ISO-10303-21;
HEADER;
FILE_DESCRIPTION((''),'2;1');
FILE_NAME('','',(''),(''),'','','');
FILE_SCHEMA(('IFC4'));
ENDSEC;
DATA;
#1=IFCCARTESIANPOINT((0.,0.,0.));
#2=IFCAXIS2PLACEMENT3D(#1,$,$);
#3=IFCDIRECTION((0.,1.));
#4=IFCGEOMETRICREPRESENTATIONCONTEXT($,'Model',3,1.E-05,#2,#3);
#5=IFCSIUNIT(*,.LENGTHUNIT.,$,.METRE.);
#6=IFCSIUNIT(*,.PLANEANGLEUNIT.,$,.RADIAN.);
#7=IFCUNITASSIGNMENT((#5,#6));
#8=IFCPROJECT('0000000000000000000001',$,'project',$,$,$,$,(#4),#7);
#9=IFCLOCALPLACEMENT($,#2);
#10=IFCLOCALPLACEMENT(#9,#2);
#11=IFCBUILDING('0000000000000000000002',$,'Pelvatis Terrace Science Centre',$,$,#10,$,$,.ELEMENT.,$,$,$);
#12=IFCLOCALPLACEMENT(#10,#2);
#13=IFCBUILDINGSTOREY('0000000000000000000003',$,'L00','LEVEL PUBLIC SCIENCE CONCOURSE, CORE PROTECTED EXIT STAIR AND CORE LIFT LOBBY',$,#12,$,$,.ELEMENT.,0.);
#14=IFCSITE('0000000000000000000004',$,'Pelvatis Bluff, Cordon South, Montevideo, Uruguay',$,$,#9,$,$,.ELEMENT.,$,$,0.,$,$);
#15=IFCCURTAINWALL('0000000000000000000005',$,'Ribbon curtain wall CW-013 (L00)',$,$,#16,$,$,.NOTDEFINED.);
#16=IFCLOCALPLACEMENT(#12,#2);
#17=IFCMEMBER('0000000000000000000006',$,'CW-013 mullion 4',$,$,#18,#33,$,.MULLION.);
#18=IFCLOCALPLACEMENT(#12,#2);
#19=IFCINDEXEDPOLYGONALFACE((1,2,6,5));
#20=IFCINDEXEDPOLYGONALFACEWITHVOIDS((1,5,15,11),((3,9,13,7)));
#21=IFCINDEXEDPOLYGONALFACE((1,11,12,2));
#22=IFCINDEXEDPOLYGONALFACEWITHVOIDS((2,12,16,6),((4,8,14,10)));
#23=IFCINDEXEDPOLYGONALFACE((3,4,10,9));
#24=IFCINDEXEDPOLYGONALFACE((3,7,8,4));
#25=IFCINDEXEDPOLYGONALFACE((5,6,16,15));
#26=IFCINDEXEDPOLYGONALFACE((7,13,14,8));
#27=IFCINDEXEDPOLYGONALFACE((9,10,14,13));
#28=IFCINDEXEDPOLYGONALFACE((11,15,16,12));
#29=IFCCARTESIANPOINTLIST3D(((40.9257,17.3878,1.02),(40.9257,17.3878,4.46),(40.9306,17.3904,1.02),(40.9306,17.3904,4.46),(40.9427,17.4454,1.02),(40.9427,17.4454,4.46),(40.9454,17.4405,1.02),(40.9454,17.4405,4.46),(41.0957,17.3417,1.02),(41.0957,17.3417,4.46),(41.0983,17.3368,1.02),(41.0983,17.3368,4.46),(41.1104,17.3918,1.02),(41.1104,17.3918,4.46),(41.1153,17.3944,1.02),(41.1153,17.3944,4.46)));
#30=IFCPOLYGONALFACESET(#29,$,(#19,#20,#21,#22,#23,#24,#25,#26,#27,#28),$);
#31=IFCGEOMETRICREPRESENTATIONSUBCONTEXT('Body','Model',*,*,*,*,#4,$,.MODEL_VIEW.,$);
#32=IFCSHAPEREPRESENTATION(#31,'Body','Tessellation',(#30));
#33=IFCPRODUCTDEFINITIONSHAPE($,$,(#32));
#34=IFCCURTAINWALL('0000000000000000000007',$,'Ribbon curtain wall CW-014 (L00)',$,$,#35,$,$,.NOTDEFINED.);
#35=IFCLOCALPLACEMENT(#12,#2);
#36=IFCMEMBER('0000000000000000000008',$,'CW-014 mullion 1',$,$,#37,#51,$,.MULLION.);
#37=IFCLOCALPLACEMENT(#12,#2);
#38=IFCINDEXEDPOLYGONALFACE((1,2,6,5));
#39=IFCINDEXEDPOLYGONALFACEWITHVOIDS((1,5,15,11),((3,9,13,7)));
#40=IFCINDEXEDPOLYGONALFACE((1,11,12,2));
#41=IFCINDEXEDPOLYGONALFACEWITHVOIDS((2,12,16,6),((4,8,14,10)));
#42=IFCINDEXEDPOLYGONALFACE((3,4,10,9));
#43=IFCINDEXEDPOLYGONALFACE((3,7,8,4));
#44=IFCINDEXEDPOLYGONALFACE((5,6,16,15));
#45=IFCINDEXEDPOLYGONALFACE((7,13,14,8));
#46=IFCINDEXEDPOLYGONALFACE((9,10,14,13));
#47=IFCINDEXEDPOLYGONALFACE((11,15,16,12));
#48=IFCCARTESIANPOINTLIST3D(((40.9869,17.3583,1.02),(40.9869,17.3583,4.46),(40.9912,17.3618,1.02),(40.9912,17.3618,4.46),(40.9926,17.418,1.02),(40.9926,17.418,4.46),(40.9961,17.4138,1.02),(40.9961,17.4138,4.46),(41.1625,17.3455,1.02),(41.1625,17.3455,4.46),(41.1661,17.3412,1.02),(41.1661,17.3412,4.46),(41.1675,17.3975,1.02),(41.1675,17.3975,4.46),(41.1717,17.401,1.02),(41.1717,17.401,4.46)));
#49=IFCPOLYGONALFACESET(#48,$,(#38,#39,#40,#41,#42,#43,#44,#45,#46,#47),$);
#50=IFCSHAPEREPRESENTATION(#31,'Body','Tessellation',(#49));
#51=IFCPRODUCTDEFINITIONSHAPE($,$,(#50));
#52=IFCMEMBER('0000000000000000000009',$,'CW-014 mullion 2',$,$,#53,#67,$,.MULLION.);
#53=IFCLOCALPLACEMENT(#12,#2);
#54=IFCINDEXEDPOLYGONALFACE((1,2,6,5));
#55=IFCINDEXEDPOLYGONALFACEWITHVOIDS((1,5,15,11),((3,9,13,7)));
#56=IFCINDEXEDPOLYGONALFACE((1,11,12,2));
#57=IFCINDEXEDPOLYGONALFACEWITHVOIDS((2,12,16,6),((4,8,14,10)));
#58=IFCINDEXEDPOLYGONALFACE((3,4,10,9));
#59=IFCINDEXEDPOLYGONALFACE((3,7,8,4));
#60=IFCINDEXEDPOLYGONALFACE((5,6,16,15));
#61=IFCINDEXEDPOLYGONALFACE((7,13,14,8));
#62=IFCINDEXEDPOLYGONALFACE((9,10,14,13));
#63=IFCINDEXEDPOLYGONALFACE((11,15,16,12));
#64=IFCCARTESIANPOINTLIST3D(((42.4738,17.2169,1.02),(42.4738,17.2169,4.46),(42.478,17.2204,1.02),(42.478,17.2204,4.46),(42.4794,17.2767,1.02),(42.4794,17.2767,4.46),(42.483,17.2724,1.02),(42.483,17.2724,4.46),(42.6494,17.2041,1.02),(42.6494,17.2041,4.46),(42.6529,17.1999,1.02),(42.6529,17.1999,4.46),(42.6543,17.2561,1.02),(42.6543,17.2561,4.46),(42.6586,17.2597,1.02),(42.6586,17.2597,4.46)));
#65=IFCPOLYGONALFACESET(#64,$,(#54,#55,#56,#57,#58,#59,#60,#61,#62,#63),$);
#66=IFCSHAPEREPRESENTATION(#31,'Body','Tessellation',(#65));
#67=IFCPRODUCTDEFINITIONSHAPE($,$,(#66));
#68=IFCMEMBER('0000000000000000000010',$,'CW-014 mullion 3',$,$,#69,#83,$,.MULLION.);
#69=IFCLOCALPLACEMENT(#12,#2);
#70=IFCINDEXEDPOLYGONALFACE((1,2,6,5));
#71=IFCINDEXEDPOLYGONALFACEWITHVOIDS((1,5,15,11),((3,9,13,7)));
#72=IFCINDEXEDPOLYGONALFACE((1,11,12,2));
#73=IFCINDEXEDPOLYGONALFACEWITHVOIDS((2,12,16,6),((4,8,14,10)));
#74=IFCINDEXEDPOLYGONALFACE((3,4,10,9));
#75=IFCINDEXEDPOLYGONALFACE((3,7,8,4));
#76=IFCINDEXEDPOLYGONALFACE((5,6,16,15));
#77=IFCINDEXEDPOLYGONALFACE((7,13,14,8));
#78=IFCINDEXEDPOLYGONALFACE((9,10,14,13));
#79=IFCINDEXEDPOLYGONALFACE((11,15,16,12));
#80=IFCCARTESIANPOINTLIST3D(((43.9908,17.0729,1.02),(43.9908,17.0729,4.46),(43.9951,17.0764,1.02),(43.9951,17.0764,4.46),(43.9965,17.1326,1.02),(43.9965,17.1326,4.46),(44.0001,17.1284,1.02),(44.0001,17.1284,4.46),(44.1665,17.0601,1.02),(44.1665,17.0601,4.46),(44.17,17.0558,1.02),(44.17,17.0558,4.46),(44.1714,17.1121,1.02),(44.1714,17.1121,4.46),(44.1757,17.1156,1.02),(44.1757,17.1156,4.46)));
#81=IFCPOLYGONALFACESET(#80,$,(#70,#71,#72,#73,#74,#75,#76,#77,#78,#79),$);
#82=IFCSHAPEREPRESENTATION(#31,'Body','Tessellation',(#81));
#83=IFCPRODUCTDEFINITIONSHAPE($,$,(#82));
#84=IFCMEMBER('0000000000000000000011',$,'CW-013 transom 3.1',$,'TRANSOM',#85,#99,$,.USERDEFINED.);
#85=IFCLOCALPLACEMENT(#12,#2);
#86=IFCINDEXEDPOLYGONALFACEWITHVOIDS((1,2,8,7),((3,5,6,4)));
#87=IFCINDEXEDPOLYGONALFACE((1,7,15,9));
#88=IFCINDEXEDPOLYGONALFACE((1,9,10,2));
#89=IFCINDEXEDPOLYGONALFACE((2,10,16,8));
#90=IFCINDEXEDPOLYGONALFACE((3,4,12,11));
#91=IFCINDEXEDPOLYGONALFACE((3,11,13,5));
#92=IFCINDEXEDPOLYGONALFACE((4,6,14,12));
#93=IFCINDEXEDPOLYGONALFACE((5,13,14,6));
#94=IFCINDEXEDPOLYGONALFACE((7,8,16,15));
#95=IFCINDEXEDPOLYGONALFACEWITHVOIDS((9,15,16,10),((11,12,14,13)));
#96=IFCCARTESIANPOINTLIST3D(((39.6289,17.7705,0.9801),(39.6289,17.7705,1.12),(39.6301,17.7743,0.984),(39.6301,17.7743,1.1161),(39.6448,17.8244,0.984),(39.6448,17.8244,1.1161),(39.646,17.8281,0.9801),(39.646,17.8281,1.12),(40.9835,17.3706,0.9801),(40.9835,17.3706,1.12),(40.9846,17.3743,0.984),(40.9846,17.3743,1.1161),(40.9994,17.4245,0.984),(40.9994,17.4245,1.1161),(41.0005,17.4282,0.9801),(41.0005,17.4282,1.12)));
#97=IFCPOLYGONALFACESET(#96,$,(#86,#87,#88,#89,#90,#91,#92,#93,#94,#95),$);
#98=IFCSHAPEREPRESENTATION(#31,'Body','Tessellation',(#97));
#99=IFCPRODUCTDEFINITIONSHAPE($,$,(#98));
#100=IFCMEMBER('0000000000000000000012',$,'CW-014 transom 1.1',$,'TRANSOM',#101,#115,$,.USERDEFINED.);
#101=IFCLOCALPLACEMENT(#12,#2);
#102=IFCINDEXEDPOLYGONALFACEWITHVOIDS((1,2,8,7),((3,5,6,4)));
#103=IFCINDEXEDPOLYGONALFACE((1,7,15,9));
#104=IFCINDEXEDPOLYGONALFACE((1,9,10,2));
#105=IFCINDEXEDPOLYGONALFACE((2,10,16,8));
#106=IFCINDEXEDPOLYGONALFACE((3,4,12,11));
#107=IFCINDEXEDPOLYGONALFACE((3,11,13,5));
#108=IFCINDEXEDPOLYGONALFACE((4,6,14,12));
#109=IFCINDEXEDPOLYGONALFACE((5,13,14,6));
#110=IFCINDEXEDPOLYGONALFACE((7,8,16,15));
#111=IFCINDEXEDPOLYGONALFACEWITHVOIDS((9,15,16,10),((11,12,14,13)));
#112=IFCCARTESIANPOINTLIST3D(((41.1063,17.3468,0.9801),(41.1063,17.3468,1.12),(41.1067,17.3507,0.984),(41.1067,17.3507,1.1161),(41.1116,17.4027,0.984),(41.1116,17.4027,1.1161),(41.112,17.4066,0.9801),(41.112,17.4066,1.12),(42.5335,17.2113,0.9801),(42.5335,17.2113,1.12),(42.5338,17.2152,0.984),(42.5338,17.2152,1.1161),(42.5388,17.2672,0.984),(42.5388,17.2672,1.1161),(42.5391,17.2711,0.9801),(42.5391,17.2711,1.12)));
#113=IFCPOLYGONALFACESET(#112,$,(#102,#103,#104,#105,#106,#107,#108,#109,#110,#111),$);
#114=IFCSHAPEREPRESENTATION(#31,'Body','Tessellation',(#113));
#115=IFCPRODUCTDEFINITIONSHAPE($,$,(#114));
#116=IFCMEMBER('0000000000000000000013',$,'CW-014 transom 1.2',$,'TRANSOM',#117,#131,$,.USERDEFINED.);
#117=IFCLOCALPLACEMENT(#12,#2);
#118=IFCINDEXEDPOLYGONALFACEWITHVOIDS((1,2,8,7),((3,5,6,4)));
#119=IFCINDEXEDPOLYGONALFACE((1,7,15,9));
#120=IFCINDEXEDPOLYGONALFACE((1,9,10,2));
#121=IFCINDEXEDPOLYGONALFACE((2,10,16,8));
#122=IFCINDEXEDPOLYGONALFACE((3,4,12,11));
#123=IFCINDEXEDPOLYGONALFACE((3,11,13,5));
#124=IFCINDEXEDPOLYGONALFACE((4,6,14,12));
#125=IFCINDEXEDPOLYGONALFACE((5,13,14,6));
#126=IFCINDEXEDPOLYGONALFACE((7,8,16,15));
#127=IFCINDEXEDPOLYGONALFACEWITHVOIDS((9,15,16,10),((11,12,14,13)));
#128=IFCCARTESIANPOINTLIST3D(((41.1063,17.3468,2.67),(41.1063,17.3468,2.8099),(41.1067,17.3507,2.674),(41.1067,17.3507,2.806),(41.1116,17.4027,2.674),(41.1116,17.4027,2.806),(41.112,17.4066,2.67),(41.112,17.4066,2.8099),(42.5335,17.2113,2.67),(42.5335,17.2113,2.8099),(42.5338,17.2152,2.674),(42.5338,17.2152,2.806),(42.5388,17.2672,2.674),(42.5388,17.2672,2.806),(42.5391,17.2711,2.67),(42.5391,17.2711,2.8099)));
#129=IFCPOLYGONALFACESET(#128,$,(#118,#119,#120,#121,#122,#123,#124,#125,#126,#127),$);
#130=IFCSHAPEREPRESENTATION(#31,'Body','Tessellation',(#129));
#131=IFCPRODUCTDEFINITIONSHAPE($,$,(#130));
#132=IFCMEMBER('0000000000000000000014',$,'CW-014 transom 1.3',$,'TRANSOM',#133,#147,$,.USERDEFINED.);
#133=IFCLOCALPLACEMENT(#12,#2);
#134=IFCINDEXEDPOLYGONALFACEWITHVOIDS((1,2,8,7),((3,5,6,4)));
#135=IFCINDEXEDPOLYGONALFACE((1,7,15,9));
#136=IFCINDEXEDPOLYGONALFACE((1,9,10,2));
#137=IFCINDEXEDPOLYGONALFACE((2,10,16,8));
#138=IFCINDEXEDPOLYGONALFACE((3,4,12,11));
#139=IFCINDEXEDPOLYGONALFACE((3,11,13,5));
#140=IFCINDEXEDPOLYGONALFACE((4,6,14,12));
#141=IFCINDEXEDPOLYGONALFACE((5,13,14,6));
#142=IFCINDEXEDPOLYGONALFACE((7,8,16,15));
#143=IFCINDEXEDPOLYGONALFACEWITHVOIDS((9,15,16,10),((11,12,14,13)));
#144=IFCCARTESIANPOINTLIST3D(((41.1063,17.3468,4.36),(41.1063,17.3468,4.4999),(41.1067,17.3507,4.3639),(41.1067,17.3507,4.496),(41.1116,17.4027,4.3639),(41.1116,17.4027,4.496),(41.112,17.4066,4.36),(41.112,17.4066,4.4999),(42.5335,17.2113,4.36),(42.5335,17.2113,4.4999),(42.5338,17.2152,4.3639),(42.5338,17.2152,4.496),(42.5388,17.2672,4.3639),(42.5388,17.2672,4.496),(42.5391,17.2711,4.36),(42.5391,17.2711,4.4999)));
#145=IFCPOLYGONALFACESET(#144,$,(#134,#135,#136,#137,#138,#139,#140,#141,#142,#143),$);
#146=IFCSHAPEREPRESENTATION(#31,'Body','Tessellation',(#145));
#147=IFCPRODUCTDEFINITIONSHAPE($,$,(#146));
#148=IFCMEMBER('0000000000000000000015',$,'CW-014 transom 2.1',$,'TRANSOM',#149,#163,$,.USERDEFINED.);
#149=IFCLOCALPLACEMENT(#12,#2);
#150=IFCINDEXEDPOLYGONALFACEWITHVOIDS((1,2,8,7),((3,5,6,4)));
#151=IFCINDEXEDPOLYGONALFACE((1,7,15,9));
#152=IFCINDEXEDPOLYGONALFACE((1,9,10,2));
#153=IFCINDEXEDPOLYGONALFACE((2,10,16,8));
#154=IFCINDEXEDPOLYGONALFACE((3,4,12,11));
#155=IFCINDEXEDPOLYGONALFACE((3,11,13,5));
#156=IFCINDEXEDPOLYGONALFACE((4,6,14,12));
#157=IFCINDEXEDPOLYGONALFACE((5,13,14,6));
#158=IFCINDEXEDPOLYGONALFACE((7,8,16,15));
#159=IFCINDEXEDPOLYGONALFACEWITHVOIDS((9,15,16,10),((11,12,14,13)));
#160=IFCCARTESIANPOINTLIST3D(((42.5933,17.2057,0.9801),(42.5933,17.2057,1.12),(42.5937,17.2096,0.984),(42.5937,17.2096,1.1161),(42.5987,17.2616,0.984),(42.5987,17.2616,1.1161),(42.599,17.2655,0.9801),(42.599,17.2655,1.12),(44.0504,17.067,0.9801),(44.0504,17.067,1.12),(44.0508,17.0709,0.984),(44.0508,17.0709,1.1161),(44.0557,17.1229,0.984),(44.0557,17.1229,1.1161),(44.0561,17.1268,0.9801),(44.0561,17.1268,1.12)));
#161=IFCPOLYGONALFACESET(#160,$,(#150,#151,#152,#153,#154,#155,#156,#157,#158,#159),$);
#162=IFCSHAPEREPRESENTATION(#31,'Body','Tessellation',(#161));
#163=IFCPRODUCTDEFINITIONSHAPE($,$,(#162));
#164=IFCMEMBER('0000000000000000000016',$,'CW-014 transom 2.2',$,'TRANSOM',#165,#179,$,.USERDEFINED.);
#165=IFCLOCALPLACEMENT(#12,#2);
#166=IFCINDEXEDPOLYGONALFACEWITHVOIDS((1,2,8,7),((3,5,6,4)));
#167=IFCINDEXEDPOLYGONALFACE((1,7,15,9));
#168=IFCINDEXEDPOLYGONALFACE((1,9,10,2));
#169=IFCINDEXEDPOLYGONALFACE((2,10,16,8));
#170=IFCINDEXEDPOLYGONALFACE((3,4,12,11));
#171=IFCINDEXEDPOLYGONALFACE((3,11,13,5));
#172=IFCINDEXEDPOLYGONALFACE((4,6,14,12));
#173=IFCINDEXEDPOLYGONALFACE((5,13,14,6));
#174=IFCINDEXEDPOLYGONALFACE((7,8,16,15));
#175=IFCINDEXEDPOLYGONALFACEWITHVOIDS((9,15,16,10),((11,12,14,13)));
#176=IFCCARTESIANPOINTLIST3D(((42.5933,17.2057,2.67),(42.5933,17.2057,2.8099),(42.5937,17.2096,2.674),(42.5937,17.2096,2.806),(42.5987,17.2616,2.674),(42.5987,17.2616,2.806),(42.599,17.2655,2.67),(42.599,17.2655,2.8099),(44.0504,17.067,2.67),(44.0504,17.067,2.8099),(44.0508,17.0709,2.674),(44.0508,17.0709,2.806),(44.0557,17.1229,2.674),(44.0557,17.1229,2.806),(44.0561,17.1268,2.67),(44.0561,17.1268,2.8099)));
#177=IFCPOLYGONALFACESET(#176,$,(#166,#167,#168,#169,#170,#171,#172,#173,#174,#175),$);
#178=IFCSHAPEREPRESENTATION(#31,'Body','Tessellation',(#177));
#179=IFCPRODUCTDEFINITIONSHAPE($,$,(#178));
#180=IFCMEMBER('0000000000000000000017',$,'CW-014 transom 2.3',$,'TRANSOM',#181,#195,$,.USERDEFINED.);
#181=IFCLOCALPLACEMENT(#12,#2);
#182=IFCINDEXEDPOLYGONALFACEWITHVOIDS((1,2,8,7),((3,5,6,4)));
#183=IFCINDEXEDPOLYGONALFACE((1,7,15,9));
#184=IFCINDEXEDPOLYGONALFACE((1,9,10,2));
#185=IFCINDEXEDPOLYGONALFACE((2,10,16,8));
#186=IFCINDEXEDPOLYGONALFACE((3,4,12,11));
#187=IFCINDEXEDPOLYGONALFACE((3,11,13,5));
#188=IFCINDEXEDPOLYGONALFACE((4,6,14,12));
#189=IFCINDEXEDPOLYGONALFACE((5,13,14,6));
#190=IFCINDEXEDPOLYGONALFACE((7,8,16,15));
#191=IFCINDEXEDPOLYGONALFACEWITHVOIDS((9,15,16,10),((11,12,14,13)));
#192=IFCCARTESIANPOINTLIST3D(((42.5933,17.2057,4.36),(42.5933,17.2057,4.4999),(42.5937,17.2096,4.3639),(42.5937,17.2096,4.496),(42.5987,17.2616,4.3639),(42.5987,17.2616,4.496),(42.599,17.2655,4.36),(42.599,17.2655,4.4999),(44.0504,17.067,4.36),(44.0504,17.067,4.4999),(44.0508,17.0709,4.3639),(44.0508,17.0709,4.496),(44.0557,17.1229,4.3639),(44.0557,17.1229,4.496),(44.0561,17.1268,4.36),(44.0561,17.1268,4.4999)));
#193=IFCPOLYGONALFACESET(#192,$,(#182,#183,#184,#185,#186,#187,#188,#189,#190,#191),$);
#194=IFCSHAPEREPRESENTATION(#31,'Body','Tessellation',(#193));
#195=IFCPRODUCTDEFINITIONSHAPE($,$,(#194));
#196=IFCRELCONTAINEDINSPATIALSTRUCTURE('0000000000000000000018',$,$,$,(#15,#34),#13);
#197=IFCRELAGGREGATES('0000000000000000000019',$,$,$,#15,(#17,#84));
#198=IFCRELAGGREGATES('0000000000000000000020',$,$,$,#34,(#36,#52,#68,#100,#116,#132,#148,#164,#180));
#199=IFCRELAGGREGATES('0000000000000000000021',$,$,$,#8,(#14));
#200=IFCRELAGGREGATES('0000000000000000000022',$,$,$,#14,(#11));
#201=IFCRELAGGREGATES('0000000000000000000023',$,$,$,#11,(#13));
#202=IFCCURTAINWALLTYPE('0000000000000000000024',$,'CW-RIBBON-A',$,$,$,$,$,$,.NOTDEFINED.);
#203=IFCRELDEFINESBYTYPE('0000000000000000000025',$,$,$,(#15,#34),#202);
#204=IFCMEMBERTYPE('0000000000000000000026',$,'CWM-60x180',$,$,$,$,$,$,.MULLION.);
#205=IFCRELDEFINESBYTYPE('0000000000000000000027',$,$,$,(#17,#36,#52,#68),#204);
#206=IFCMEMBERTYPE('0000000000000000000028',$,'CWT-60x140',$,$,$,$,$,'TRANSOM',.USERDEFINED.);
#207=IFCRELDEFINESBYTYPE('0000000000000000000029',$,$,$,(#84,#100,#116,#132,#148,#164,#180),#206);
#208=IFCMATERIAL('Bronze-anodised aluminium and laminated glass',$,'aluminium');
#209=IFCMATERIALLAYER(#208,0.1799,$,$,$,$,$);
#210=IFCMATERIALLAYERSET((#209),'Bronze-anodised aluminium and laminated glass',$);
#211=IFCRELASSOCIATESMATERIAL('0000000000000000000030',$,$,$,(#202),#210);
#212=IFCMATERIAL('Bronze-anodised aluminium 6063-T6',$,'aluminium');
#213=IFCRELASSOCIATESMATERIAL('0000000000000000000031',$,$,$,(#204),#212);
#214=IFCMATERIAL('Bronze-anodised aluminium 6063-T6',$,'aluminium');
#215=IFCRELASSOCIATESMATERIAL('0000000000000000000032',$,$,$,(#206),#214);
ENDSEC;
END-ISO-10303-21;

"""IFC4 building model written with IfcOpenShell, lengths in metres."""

from ifc_helpers import new_model, si_unit, direction, frame, origin, origin_2d, place, context, subcontext, project, spatial, hollow_rectangle, extrude, material, layer, layer_set, material_profile, profile_set, type_object, element, aggregate, save


model = new_model("IFC4")

# Units and contexts
model_context = context("Model", 3, precision=1e-05, world=origin(), true_north=direction((0.0, 1.0)))
body_context = subcontext(model_context, "Body", "Model", "MODEL_VIEW")
ifc_project = project(units=[si_unit("LENGTHUNIT", "METRE"), si_unit("PLANEANGLEUNIT", "RADIAN")], contexts=[model_context])

# Site, building, storey
site_placement = place(None, origin())
site = spatial("IfcSite", under=ifc_project, at=site_placement, Name="Pelvatis Bluff, Cordon South, Montevideo, Uruguay", CompositionType="ELEMENT", RefElevation=0.0)
building_placement = place(site_placement, origin())
building = spatial("IfcBuilding", under=site, at=building_placement, Name="Pelvatis Terrace Science Centre", CompositionType="ELEMENT")
storey_placement = place(building_placement, origin())
storey = spatial("IfcBuildingStorey", under=building, at=storey_placement, Name="L00", Description="LEVEL PUBLIC SCIENCE CONCOURSE, CORE PROTECTED EXIT STAIR AND CORE LIFT LOBBY", CompositionType="ELEMENT", Elevation=0.0)

# Curtain wall, member
ifc_material_1 = material(Name="Bronze-anodised aluminium and laminated glass", Category="aluminium")
ifc_layer_1 = layer(ifc_material_1, 0.1799)
ifc_layer_set_1 = layer_set([ifc_layer_1], Name="Bronze-anodised aluminium and laminated glass")
curtain_wall_type = type_object("IfcCurtainWallType", Name="CW-RIBBON-A", PredefinedType="NOTDEFINED", material=ifc_layer_set_1)
curtain_wall_1_placement = place(storey_placement, origin())
curtain_wall_1 = element("IfcCurtainWall", 1, at=curtain_wall_1_placement, inside=storey, type_object=curtain_wall_type, Name="Ribbon curtain wall CW-013 (L00)", PredefinedType="NOTDEFINED")
ifc_material_2 = material(Name="Bronze-anodised aluminium 6063-T6", Category="aluminium")
ifc_material_profile_1 = material_profile(ifc_material_2, hollow_rectangle(XDim=0.0601, YDim=0.1799, WallThickness=0.0039, at=origin_2d()), Name="ALU-MUL 60x180")
ifc_profile_set_1 = profile_set([ifc_material_profile_1], Name="Bronze-anodised aluminium 6063-T6")
member_type_1 = type_object("IfcMemberType", Name="CWM-60x180", PredefinedType="MULLION", material=ifc_profile_set_1)
member_1_placement = place(storey_placement, frame((41.0205, 17.3911, 1.02), z_axis=(0.0, 0.0, 1.0), x_axis=(0.283092, 0.959093, 0.0)))
member_1 = element("IfcMember", 2, at=member_1_placement, type_object=member_type_1, Name="CW-013 mullion 4", PredefinedType="MULLION", context=body_context, shape_type="SweptSolid", body=[
    extrude(hollow_rectangle(XDim=0.0601, YDim=0.1799, WallThickness=0.0039, at=origin_2d()), origin(), (0.0, 0.0, 1.0), 3.4399),
])

# Curtain wall, members
curtain_wall_2_placement = place(storey_placement, origin())
curtain_wall_2 = element("IfcCurtainWall", 3, at=curtain_wall_2_placement, inside=storey, type_object=curtain_wall_type, Name="Ribbon curtain wall CW-014 (L00)", PredefinedType="NOTDEFINED")
member_2_placement = place(storey_placement, frame((41.0793, 17.3796, 1.02), z_axis=(0.0, 0.0, 1.0), x_axis=(0.094616, 0.995514, 0.0)))
member_2 = element("IfcMember", 4, at=member_2_placement, type_object=member_type_1, Name="CW-014 mullion 1", PredefinedType="MULLION", context=body_context, shape_type="SweptSolid", body=[
    extrude(hollow_rectangle(XDim=0.0601, YDim=0.1799, WallThickness=0.0039, at=origin_2d()), origin(), (0.0, 0.0, 1.0), 3.4399),
])
member_3_placement = place(storey_placement, frame((42.5662, 17.2383, 1.02), z_axis=(0.0, 0.0, 1.0), x_axis=(0.094616, 0.995514, 0.0)))
member_3 = element("IfcMember", 5, at=member_3_placement, type_object=member_type_1, Name="CW-014 mullion 2", PredefinedType="MULLION", context=body_context, shape_type="SweptSolid", body=[
    extrude(hollow_rectangle(XDim=0.0601, YDim=0.1799, WallThickness=0.0039, at=origin_2d()), origin(), (0.0, 0.0, 1.0), 3.4399),
])
member_4_placement = place(storey_placement, frame((44.0833, 17.0942, 1.02), z_axis=(0.0, 0.0, 1.0), x_axis=(0.094616, 0.995514, 0.0)))
member_4 = element("IfcMember", 6, at=member_4_placement, type_object=member_type_1, Name="CW-014 mullion 3", PredefinedType="MULLION", context=body_context, shape_type="SweptSolid", body=[
    extrude(hollow_rectangle(XDim=0.0601, YDim=0.1799, WallThickness=0.0039, at=origin_2d()), origin(), (0.0, 0.0, 1.0), 3.4399),
])

# Members
ifc_material_3 = material(Name="Bronze-anodised aluminium 6063-T6", Category="aluminium")
ifc_material_profile_2 = material_profile(ifc_material_3, hollow_rectangle(XDim=0.0601, YDim=0.1399, WallThickness=0.0039, at=origin_2d()), Name="ALU-TRN 60x140")
ifc_profile_set_2 = profile_set([ifc_material_profile_2], Name="Bronze-anodised aluminium 6063-T6")
member_type_2 = type_object("IfcMemberType", Name="CWT-60x140", ElementType="TRANSOM", PredefinedType="USERDEFINED", material=ifc_profile_set_2)
member_5_placement = place(storey_placement, frame((39.6375, 17.7993, 1.05), z_axis=(0.959073, -0.283158, 0.0), x_axis=(0.283158, 0.959073, 0.0)))
member_5 = element("IfcMember", 7, at=member_5_placement, type_object=member_type_2, Name="CW-013 transom 3.1", ObjectType="TRANSOM", PredefinedType="USERDEFINED", context=body_context, shape_type="SweptSolid", body=[
    extrude(hollow_rectangle(XDim=0.0601, YDim=0.1399, WallThickness=0.0039, at=origin_2d()), origin(), (0.0, 0.0, 1.0), 1.4124),
])
member_6_placement = place(storey_placement, frame((41.1091, 17.3767, 1.05), z_axis=(0.995524, -0.094512, 0.0), x_axis=(0.094512, 0.995524, 0.0)))
member_6 = element("IfcMember", 8, at=member_6_placement, type_object=member_type_2, Name="CW-014 transom 1.1", ObjectType="TRANSOM", PredefinedType="USERDEFINED", context=body_context, shape_type="SweptSolid", body=[
    extrude(hollow_rectangle(XDim=0.0601, YDim=0.1399, WallThickness=0.0039, at=origin_2d()), origin(), (0.0, 0.0, 1.0), 1.4336),
])
member_7_placement = place(storey_placement, frame((41.1091, 17.3767, 2.74), z_axis=(0.995524, -0.094512, 0.0), x_axis=(0.094512, 0.995524, 0.0)))
member_7 = element("IfcMember", 9, at=member_7_placement, type_object=member_type_2, Name="CW-014 transom 1.2", ObjectType="TRANSOM", PredefinedType="USERDEFINED", context=body_context, shape_type="SweptSolid", body=[
    extrude(hollow_rectangle(XDim=0.0601, YDim=0.1399, WallThickness=0.0039, at=origin_2d()), origin(), (0.0, 0.0, 1.0), 1.4336),
])
member_8_placement = place(storey_placement, frame((41.1091, 17.3767, 4.4299), z_axis=(0.995524, -0.094512, 0.0), x_axis=(0.094512, 0.995524, 0.0)))
member_8 = element("IfcMember", 10, at=member_8_placement, type_object=member_type_2, Name="CW-014 transom 1.3", ObjectType="TRANSOM", PredefinedType="USERDEFINED", context=body_context, shape_type="SweptSolid", body=[
    extrude(hollow_rectangle(XDim=0.0601, YDim=0.1399, WallThickness=0.0039, at=origin_2d()), origin(), (0.0, 0.0, 1.0), 1.4336),
])
member_9_placement = place(storey_placement, frame((42.5962, 17.2356, 1.05), z_axis=(0.995501, -0.094746, 0.0), x_axis=(0.094746, 0.995501, 0.0)))
member_9 = element("IfcMember", 11, at=member_9_placement, type_object=member_type_2, Name="CW-014 transom 2.1", ObjectType="TRANSOM", PredefinedType="USERDEFINED", context=body_context, shape_type="SweptSolid", body=[
    extrude(hollow_rectangle(XDim=0.0601, YDim=0.1399, WallThickness=0.0039, at=origin_2d()), origin(), (0.0, 0.0, 1.0), 1.4636),
])
member_10_placement = place(storey_placement, frame((42.5962, 17.2356, 2.74), z_axis=(0.995501, -0.094746, 0.0), x_axis=(0.094746, 0.995501, 0.0)))
member_10 = element("IfcMember", 12, at=member_10_placement, type_object=member_type_2, Name="CW-014 transom 2.2", ObjectType="TRANSOM", PredefinedType="USERDEFINED", context=body_context, shape_type="SweptSolid", body=[
    extrude(hollow_rectangle(XDim=0.0601, YDim=0.1399, WallThickness=0.0039, at=origin_2d()), origin(), (0.0, 0.0, 1.0), 1.4636),
])
member_11_placement = place(storey_placement, frame((42.5962, 17.2356, 4.4299), z_axis=(0.995501, -0.094746, 0.0), x_axis=(0.094746, 0.995501, 0.0)))
member_11 = element("IfcMember", 13, at=member_11_placement, type_object=member_type_2, Name="CW-014 transom 2.3", ObjectType="TRANSOM", PredefinedType="USERDEFINED", context=body_context, shape_type="SweptSolid", body=[
    extrude(hollow_rectangle(XDim=0.0601, YDim=0.1399, WallThickness=0.0039, at=origin_2d()), origin(), (0.0, 0.0, 1.0), 1.4636),
])

aggregate(curtain_wall_1, [member_1, member_5])
aggregate(curtain_wall_2, [member_2, member_3, member_4, member_6, member_7, member_8, member_9, member_10, member_11])

save(model, "model.ifc")
